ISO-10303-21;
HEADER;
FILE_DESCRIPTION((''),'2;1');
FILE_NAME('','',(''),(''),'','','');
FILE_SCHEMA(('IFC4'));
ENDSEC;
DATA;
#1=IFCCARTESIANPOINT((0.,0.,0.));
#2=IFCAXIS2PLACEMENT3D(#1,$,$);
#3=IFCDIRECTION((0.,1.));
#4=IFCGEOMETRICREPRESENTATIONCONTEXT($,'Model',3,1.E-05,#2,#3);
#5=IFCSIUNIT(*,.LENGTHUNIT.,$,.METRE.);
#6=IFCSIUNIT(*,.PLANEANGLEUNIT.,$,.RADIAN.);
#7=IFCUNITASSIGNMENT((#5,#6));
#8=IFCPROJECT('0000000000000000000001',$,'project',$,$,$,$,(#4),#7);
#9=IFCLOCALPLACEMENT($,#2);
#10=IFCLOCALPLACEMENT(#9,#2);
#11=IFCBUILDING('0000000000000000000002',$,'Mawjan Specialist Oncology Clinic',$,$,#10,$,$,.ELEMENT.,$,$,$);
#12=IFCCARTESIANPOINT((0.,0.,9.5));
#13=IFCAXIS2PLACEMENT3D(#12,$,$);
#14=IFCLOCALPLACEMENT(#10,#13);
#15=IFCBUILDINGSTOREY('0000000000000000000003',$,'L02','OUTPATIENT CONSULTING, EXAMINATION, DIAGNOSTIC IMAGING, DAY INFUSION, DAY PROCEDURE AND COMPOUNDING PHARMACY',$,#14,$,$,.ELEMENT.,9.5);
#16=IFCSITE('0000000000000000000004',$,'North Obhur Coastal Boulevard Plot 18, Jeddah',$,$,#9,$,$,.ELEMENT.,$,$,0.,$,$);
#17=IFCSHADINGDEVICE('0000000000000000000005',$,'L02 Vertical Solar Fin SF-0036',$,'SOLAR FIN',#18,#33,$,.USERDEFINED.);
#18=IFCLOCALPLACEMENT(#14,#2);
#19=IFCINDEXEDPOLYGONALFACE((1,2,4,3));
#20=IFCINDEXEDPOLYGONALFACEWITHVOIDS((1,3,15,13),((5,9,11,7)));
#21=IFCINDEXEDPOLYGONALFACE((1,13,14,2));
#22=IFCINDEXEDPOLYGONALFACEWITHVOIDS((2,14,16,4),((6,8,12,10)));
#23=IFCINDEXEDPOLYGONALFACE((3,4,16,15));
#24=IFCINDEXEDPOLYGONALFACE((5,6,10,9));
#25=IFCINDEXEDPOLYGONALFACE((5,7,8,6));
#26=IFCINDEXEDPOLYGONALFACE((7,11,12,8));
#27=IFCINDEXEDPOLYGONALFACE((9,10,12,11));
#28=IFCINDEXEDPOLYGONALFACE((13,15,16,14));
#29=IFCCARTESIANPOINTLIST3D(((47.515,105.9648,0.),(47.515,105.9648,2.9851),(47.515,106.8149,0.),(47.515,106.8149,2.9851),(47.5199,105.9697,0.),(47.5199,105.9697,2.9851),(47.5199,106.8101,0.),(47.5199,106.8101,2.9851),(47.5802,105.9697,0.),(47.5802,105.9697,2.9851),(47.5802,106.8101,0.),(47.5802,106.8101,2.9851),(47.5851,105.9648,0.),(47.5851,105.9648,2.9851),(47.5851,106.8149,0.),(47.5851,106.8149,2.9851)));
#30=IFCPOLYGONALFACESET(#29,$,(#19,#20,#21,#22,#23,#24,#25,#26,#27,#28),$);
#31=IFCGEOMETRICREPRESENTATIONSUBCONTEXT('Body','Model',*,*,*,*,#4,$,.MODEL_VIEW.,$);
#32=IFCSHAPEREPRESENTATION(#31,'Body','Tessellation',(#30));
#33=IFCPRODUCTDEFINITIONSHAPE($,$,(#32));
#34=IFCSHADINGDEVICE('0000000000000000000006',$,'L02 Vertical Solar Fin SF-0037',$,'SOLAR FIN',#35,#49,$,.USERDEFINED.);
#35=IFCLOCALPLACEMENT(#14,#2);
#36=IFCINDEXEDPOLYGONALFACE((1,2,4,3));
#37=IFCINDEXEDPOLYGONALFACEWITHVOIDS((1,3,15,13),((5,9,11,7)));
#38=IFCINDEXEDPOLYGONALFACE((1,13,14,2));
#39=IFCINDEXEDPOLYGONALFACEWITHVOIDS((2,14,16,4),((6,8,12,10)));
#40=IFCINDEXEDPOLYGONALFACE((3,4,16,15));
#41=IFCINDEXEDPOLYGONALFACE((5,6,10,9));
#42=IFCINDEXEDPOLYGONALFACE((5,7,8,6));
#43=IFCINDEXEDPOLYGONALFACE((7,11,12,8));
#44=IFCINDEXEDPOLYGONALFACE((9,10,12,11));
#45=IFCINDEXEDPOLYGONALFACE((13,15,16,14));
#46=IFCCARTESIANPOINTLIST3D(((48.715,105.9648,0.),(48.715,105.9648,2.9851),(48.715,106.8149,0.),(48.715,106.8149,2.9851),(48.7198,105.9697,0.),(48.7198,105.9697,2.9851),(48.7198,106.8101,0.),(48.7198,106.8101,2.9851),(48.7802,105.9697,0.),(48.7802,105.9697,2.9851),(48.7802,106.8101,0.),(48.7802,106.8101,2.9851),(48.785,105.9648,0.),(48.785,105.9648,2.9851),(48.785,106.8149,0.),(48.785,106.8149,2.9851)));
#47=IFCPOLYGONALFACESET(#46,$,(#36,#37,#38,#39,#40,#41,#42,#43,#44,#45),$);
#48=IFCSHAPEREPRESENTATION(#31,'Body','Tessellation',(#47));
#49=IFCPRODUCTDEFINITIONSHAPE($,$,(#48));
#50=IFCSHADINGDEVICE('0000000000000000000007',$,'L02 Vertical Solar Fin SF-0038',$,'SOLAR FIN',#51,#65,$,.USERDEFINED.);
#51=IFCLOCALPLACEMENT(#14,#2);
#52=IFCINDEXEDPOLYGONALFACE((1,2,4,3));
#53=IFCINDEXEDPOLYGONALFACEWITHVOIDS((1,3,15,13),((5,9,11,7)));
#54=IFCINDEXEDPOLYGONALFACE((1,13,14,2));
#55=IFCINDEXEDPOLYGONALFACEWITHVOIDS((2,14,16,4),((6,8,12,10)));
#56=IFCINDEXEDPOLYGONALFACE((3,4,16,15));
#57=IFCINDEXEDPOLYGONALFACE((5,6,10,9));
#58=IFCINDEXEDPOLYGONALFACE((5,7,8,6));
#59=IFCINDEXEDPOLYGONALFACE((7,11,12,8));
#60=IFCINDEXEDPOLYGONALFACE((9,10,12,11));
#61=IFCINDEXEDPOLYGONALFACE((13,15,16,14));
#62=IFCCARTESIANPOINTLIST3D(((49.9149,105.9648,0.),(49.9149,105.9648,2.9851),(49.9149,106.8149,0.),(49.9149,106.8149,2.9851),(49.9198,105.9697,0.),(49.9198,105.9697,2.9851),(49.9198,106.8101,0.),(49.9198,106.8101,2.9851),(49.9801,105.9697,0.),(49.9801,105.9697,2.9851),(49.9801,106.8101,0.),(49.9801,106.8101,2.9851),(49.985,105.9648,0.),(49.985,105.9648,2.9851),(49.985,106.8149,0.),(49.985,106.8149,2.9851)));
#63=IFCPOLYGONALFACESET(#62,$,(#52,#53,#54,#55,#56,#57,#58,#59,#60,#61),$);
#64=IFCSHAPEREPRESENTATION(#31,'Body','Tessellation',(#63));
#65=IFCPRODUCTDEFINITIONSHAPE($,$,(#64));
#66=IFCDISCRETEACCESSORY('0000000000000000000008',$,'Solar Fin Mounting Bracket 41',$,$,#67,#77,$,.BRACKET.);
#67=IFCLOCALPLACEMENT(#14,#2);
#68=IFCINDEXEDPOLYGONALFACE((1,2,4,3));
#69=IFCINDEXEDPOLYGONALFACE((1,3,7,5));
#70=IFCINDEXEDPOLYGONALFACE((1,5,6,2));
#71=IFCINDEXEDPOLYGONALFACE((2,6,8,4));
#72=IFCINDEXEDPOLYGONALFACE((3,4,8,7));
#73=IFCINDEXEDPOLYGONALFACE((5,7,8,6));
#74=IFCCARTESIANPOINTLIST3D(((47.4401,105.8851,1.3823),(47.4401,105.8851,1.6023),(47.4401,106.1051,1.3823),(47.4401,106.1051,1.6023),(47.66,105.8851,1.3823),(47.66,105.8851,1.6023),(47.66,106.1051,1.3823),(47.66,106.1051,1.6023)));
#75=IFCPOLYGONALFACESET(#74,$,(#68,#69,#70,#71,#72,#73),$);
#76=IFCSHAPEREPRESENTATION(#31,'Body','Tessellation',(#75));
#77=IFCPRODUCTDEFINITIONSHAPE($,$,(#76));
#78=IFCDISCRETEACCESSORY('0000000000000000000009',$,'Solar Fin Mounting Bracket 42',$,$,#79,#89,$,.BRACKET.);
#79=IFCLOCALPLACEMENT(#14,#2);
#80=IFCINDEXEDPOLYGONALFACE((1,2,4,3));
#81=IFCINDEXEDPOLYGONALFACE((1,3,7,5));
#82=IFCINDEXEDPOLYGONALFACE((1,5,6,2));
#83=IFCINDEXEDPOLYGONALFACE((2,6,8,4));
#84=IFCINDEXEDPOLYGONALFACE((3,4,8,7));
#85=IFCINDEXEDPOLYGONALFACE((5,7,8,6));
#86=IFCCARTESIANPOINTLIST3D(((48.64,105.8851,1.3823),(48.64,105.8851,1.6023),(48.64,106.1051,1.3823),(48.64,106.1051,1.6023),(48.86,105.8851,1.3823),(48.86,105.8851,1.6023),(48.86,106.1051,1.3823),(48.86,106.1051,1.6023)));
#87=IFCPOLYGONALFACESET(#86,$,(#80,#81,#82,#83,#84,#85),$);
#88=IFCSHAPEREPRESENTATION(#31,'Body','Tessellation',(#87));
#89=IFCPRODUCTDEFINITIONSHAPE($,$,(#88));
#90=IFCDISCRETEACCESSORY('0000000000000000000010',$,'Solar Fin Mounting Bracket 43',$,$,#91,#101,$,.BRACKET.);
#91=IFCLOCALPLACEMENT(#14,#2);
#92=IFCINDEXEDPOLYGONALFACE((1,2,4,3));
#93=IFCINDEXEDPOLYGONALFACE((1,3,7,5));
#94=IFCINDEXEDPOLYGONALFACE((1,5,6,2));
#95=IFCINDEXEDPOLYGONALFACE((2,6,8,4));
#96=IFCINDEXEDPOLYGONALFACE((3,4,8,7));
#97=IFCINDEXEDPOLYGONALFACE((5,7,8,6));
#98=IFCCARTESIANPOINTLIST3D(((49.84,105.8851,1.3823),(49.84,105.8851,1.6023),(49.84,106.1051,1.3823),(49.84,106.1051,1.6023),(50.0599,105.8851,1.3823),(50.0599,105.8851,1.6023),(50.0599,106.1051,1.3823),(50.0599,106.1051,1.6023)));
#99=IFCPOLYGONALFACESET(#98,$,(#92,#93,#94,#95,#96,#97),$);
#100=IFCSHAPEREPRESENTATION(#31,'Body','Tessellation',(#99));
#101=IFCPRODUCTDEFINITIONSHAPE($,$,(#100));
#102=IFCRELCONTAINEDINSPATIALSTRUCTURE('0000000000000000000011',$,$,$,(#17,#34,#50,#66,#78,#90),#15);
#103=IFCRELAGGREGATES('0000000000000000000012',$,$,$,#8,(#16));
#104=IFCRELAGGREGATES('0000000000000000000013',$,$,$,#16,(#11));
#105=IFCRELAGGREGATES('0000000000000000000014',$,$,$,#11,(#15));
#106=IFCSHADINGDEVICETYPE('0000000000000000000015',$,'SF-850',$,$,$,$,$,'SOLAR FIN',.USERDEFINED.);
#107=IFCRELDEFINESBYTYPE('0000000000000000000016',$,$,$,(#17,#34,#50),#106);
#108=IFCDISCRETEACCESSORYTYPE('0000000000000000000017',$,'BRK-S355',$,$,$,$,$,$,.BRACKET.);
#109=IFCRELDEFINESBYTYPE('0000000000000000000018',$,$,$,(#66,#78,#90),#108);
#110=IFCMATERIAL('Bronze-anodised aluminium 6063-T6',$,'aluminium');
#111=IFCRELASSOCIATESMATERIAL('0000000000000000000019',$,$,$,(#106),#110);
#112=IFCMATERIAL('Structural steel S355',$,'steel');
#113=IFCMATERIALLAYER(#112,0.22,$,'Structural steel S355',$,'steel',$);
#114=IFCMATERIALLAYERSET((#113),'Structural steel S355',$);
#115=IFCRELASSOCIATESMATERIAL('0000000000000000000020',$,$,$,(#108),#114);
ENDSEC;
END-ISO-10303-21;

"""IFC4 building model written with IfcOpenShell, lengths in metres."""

from ifc_helpers import new_model, si_unit, direction, frame, origin, origin_2d, place, context, subcontext, project, spatial, rectangle, hollow_rectangle, extrude, material, layer, layer_set, material_profile, profile_set, type_object, element, save


model = new_model("IFC4")

# Units and contexts
model_context = context("Model", 3, precision=1e-05, world=origin(), true_north=direction((0.0, 1.0)))
body_context = subcontext(model_context, "Body", "Model", "MODEL_VIEW")
ifc_project = project(units=[si_unit("LENGTHUNIT", "METRE"), si_unit("PLANEANGLEUNIT", "RADIAN")], contexts=[model_context])

# Site, building, storey
site_placement = place(None, origin())
site = spatial("IfcSite", under=ifc_project, at=site_placement, Name="North Obhur Coastal Boulevard Plot 18, Jeddah", CompositionType="ELEMENT", RefElevation=0.0)
building_placement = place(site_placement, origin())
building = spatial("IfcBuilding", under=site, at=building_placement, Name="Mawjan Specialist Oncology Clinic", CompositionType="ELEMENT")
storey_placement = place(building_placement, frame((0.0, 0.0, 9.5)))
storey = spatial("IfcBuildingStorey", under=building, at=storey_placement, Name="L02", Description="OUTPATIENT CONSULTING, EXAMINATION, DIAGNOSTIC IMAGING, DAY INFUSION, DAY PROCEDURE AND COMPOUNDING PHARMACY", CompositionType="ELEMENT", Elevation=9.5)

# Shading devices
ifc_material_1 = material(Name="Bronze-anodised aluminium 6063-T6", Category="aluminium")
ifc_material_profile_1 = material_profile(ifc_material_1, hollow_rectangle(XDim=0.0701, YDim=0.8501, WallThickness=0.0049, at=origin_2d()), Name="FIN 850x70x5", Category="aluminium")
ifc_profile_set_1 = profile_set([ifc_material_profile_1], Name="Bronze-anodised aluminium 6063-T6")
shading_device_type = type_object("IfcShadingDeviceType", Name="SF-850", ElementType="SOLAR FIN", PredefinedType="USERDEFINED", material=ifc_profile_set_1)
for number, where, z_axis, x_axis, name in (
    (1, (47.55, 106.3899, 0.0), (0.0, 0.0, 1.0), (1.0, 0.0, 0.0), "L02 Vertical Solar Fin SF-0036"),
    (2, (48.75, 106.3899, 0.0), (0.0, 0.0, 1.0), (1.0, 0.0, 0.0), "L02 Vertical Solar Fin SF-0037"),
    (3, (49.95, 106.3899, 0.0), (0.0, 0.0, 1.0), (1.0, 0.0, 0.0), "L02 Vertical Solar Fin SF-0038"),
):
    element("IfcShadingDevice", number, at=place(storey_placement, frame(where, z_axis=z_axis, x_axis=x_axis)), inside=storey, type_object=shading_device_type, Name=name, ObjectType="SOLAR FIN", PredefinedType="USERDEFINED", context=body_context, shape_type="SweptSolid", body=[
        extrude(hollow_rectangle(XDim=0.0701, YDim=0.8501, WallThickness=0.0049, at=origin_2d()), origin(), (0.0, 0.0, 1.0), 2.9851),
    ])

# Discrete accessories
ifc_material_2 = material(Name="Structural steel S355", Category="steel")
ifc_layer_1 = layer(ifc_material_2, 0.22, Name="Structural steel S355", Category="steel")
ifc_layer_set_1 = layer_set([ifc_layer_1], Name="Structural steel S355")
discrete_accessory_type = type_object("IfcDiscreteAccessoryType", Name="BRK-S355", PredefinedType="BRACKET", material=ifc_layer_set_1)
for number, where, z_axis, x_axis, name in (
    (4, (47.55, 105.9951, 1.3823), (0.0, 0.0, 1.0), (1.0, 0.0, 0.0), "Solar Fin Mounting Bracket 41"),
    (5, (48.75, 105.9951, 1.3823), (0.0, 0.0, 1.0), (1.0, 0.0, 0.0), "Solar Fin Mounting Bracket 42"),
    (6, (49.95, 105.9951, 1.3823), (0.0, 0.0, 1.0), (1.0, 0.0, 0.0), "Solar Fin Mounting Bracket 43"),
):
    element("IfcDiscreteAccessory", number, at=place(storey_placement, frame(where, z_axis=z_axis, x_axis=x_axis)), inside=storey, type_object=discrete_accessory_type, Name=name, PredefinedType="BRACKET", context=body_context, shape_type="SweptSolid", body=[
        extrude(rectangle(XDim=0.22, YDim=0.22, at=origin_2d()), origin(), (0.0, 0.0, 1.0), 0.22),
    ])

save(model, "model.ifc")
